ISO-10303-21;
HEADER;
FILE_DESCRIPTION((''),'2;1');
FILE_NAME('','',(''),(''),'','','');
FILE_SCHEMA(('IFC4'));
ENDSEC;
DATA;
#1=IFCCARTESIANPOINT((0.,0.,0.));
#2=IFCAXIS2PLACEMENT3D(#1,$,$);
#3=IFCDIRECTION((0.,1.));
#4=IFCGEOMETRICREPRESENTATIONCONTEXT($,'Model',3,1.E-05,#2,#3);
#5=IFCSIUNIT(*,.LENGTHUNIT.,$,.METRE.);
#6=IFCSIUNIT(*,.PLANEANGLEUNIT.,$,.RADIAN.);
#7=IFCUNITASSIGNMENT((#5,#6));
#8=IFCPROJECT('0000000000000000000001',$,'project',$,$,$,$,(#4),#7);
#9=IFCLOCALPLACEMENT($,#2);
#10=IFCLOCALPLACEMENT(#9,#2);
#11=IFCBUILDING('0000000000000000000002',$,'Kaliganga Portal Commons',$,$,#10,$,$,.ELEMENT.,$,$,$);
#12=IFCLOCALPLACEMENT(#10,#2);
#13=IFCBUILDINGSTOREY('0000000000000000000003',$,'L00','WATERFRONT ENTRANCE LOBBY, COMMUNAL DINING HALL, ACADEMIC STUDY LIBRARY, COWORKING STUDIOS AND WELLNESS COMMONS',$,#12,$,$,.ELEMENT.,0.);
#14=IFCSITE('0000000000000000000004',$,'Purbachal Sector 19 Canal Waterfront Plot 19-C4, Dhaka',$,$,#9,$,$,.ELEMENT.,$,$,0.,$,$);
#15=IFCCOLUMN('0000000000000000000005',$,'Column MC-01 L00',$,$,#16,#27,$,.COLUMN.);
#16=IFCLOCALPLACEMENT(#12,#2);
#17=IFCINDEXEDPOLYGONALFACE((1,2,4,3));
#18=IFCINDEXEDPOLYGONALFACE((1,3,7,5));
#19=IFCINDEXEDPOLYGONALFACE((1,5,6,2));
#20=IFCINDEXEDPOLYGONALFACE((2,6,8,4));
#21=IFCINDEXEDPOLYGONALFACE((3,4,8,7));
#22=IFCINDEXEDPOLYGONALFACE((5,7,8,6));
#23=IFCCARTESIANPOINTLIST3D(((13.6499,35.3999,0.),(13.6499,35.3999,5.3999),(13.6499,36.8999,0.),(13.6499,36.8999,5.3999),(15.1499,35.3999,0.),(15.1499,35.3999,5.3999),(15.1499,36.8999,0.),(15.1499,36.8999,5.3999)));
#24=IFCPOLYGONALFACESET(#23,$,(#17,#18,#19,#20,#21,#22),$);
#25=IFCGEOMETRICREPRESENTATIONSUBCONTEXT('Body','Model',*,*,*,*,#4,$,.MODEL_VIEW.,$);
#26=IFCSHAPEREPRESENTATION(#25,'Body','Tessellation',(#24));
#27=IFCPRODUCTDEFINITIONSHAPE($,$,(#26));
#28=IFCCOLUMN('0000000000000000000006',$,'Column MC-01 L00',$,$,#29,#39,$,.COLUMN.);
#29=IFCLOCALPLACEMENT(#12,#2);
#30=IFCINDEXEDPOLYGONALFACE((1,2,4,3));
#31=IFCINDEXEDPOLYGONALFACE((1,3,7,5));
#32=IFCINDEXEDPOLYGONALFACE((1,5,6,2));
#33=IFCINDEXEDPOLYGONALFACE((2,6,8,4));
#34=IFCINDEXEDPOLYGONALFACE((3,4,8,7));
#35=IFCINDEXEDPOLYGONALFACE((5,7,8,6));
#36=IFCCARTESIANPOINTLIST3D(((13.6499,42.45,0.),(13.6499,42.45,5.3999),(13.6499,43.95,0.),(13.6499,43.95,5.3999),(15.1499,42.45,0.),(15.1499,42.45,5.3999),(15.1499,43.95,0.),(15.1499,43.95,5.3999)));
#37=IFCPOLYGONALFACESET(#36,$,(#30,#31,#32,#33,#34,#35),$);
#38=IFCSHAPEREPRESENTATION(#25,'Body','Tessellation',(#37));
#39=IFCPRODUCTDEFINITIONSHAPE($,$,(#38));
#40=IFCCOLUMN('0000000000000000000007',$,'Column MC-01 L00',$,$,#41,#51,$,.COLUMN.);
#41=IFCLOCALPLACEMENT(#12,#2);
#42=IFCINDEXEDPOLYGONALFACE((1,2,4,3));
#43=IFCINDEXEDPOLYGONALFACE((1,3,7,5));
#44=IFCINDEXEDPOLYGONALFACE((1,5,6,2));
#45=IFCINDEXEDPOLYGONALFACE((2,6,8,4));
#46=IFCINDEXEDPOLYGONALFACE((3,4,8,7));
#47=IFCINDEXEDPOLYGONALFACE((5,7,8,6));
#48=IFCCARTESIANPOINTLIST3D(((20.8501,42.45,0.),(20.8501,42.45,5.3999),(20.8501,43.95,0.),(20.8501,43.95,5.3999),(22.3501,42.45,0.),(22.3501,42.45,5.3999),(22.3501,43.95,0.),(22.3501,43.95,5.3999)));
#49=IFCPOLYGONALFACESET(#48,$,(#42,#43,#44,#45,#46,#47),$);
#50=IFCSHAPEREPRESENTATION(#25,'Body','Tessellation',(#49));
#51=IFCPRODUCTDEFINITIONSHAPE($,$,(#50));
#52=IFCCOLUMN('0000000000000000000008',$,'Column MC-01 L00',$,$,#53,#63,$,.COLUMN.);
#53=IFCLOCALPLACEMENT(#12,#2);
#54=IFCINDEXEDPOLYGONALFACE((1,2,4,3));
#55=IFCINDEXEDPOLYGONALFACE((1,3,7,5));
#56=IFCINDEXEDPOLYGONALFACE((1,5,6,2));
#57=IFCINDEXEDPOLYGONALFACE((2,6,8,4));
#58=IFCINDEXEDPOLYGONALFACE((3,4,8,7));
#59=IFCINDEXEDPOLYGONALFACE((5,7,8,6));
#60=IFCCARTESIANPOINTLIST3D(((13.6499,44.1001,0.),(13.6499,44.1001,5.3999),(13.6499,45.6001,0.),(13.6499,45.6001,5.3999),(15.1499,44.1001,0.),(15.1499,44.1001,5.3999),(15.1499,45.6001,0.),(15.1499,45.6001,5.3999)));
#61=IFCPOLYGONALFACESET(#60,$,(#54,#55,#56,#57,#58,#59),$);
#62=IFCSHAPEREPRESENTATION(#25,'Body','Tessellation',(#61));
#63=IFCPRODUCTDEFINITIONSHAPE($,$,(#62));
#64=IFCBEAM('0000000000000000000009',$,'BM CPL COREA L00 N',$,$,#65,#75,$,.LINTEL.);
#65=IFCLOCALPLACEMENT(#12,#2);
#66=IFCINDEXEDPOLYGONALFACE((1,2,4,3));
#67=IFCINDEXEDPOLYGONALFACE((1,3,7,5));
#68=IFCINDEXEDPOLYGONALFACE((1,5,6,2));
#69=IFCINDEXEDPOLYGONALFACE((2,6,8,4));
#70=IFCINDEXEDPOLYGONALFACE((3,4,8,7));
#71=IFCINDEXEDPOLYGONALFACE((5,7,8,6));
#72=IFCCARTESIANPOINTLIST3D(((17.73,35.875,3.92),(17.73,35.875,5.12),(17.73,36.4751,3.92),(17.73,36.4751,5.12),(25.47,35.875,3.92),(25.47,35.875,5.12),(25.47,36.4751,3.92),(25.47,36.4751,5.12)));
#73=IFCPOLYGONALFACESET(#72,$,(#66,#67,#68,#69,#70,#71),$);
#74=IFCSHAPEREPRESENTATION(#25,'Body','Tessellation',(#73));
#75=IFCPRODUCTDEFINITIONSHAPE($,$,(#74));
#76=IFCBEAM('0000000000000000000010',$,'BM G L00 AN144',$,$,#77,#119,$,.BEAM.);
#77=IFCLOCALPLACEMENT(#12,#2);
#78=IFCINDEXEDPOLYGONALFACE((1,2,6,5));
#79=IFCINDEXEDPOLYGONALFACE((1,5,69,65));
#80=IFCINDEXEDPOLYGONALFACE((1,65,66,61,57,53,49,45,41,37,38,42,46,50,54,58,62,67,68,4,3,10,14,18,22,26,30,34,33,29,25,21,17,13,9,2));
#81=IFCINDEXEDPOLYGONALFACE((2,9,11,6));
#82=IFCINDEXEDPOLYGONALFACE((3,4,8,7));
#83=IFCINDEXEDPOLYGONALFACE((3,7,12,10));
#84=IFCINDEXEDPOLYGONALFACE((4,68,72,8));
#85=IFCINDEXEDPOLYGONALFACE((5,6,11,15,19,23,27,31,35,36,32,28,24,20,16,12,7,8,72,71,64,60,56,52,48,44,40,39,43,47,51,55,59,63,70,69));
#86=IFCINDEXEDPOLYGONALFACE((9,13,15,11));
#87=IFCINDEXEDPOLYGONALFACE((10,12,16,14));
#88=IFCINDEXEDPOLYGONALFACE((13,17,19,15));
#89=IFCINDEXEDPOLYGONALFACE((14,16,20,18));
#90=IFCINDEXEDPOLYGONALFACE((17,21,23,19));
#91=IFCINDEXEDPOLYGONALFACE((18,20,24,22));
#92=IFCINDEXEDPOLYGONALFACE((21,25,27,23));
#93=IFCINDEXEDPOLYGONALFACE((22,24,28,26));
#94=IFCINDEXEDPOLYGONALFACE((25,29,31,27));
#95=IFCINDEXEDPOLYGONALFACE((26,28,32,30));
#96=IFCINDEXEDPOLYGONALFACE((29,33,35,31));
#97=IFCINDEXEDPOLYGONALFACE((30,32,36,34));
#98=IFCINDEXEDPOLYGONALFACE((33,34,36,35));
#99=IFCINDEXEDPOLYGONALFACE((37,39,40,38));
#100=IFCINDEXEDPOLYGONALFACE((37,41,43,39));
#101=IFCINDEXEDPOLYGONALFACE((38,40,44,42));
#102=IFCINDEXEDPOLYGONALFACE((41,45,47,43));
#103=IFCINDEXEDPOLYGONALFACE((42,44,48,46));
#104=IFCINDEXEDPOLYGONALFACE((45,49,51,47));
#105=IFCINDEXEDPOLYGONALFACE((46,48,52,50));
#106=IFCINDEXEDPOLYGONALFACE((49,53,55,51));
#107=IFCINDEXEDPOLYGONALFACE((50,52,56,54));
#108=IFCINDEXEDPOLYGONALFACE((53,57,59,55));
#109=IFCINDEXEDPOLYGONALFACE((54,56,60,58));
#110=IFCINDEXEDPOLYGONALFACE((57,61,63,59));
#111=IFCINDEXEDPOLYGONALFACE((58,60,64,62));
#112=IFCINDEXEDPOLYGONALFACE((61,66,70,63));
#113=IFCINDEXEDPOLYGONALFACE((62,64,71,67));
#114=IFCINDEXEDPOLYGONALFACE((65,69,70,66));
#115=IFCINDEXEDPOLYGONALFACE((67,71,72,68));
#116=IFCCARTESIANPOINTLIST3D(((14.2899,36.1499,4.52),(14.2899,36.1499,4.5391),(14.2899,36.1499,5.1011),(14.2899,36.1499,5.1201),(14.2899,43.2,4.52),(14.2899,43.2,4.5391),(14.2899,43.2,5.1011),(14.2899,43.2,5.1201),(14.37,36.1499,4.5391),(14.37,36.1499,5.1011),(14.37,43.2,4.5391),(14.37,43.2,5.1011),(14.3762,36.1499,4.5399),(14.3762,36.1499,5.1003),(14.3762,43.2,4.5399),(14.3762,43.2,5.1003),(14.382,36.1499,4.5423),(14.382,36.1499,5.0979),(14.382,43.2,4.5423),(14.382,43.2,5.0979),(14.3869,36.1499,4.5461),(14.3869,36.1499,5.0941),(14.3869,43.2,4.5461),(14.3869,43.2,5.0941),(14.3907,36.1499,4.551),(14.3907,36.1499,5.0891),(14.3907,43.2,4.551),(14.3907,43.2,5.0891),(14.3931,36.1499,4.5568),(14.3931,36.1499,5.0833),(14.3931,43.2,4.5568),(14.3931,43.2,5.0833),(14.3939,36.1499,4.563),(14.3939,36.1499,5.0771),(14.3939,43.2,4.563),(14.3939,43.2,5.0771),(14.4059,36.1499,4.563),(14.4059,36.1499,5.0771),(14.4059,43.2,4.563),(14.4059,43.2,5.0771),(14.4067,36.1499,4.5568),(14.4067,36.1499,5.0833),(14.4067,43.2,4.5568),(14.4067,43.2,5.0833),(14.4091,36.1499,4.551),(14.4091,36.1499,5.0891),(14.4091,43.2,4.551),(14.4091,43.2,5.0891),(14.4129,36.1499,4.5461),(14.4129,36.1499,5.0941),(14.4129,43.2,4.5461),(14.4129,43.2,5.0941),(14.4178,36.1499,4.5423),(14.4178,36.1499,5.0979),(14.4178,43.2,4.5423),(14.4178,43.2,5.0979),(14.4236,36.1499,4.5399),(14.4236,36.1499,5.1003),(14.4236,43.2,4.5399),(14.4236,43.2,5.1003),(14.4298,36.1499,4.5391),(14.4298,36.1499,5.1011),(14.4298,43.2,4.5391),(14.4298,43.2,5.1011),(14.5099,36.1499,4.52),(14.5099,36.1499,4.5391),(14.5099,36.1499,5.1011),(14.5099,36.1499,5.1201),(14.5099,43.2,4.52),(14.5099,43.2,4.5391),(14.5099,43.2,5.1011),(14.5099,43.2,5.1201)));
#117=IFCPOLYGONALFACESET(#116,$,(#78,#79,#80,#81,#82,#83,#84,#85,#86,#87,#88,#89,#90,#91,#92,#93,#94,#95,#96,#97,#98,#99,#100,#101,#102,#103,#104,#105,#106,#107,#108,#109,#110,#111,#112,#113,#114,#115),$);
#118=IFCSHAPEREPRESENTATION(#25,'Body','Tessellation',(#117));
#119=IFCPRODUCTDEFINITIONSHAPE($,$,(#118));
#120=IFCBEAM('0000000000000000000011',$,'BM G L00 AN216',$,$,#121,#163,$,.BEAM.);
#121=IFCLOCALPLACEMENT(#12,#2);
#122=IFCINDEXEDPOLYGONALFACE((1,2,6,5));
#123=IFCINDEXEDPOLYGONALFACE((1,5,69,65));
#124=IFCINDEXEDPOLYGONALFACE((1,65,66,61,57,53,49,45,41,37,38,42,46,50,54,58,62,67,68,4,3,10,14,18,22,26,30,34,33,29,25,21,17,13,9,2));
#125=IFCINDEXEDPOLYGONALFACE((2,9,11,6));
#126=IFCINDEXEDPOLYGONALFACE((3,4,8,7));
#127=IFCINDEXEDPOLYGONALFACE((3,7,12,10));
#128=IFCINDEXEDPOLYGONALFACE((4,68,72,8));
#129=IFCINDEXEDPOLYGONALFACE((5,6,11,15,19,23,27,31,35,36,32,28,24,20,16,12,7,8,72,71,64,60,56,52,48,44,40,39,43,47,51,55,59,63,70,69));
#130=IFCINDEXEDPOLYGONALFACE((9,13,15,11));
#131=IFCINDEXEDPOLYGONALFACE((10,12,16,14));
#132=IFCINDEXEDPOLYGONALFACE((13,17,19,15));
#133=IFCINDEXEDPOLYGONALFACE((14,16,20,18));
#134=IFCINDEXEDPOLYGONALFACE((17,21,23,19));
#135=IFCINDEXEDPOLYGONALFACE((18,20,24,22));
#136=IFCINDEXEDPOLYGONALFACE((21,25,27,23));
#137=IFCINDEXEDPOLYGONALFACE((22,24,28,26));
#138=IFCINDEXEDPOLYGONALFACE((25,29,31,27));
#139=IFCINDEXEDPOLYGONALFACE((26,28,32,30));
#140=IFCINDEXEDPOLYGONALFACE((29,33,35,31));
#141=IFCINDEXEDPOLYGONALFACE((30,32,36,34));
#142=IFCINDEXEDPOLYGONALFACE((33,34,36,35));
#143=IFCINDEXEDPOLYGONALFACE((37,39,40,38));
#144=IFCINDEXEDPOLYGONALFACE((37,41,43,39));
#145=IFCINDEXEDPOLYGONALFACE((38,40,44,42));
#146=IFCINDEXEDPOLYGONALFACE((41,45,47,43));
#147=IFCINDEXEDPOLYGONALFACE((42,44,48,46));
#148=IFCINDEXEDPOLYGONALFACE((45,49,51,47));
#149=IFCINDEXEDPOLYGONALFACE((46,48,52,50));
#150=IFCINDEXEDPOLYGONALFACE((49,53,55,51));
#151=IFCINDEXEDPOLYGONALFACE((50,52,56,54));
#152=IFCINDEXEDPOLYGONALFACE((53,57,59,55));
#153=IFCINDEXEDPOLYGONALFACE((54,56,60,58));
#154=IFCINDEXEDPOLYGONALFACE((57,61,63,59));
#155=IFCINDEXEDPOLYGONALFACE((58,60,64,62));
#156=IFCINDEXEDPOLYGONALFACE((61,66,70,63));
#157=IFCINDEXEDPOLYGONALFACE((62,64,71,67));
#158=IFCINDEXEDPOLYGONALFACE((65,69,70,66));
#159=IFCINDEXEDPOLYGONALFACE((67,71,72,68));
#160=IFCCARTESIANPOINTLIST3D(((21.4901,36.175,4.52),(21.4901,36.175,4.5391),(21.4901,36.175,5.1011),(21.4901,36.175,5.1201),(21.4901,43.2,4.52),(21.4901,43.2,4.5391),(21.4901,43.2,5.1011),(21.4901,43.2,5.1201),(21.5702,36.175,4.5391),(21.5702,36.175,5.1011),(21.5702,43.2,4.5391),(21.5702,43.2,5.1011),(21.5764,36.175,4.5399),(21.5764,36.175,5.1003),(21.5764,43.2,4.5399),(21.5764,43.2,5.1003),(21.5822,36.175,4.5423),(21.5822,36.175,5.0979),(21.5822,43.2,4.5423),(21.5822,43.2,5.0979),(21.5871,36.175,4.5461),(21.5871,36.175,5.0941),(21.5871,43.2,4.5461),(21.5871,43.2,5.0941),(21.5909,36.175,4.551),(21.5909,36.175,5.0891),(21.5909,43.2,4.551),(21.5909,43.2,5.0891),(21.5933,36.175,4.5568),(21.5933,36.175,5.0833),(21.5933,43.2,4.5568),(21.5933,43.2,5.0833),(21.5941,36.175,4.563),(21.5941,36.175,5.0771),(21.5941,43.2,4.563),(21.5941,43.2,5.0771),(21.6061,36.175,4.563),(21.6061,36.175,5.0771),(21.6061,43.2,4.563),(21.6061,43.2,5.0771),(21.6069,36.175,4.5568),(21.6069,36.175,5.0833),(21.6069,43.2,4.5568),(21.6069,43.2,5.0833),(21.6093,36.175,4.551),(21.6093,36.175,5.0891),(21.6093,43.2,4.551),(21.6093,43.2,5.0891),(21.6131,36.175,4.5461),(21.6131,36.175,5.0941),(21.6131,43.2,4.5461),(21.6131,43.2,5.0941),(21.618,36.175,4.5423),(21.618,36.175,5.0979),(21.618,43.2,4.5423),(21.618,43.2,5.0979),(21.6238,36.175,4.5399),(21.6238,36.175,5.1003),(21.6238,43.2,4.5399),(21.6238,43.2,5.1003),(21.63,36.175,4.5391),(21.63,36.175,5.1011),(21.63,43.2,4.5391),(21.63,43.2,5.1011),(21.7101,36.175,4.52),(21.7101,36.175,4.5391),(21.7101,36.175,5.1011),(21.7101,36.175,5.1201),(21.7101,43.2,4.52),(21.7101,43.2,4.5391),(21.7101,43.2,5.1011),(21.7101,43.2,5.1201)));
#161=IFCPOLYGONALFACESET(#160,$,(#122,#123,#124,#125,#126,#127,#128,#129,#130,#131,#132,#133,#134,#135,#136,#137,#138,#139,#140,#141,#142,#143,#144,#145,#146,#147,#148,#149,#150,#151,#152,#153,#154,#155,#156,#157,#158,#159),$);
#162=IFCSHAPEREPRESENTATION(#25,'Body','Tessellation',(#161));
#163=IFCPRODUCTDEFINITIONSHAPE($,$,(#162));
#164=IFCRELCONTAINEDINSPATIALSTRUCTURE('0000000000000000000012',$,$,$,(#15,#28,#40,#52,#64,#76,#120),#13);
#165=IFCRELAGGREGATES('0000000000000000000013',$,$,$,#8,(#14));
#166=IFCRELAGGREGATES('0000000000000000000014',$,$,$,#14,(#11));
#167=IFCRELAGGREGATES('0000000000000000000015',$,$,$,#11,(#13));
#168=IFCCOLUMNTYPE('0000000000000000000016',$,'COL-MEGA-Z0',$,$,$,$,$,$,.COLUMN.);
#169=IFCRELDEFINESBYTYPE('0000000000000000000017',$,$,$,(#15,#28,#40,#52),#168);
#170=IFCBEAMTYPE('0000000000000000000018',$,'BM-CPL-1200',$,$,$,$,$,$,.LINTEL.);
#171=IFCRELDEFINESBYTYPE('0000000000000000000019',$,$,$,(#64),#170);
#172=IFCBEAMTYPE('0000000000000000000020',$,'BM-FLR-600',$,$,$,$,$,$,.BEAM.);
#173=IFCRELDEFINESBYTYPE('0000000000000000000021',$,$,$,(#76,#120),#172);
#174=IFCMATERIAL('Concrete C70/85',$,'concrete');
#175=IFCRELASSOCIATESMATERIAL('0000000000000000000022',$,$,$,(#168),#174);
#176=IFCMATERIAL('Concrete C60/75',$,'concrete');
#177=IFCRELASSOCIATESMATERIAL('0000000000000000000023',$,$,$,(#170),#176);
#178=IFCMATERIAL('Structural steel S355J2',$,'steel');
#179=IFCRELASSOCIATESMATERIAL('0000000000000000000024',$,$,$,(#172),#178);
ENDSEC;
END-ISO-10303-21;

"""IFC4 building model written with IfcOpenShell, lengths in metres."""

from ifc_helpers import new_model, si_unit, direction, frame, origin, origin_2d, place, context, subcontext, project, spatial, rectangle, i_section, extrude, source, transform, mapped, material, material_profile, profile_set, type_object, element, save


model = new_model("IFC4")

# Units and contexts
model_context = context("Model", 3, precision=1e-05, world=origin(), true_north=direction((0.0, 1.0)))
body_context = subcontext(model_context, "Body", "Model", "MODEL_VIEW")
ifc_project = project(units=[si_unit("LENGTHUNIT", "METRE"), si_unit("PLANEANGLEUNIT", "RADIAN")], contexts=[model_context])

# Site, building, storey
site_placement = place(None, origin())
site = spatial("IfcSite", under=ifc_project, at=site_placement, Name="Purbachal Sector 19 Canal Waterfront Plot 19-C4, Dhaka", CompositionType="ELEMENT", RefElevation=0.0)
building_placement = place(site_placement, origin())
building = spatial("IfcBuilding", under=site, at=building_placement, Name="Kaliganga Portal Commons", CompositionType="ELEMENT")
storey_placement = place(building_placement, origin())
storey = spatial("IfcBuildingStorey", under=building, at=storey_placement, Name="L00", Description="WATERFRONT ENTRANCE LOBBY, COMMUNAL DINING HALL, ACADEMIC STUDY LIBRARY, COWORKING STUDIOS AND WELLNESS COMMONS", CompositionType="ELEMENT", Elevation=0.0)

# Columns
ifc_material_1 = material(Name="Concrete C70/85", Category="concrete")
ifc_material_profile_1 = material_profile(ifc_material_1, rectangle(XDim=1.5, YDim=1.5, at=origin_2d()), Name="RC 1500x1500")
ifc_profile_set_1 = profile_set([ifc_material_profile_1], Name="Concrete C70/85")
column_type = type_object("IfcColumnType", Name="COL-MEGA-Z0", PredefinedType="COLUMN", material=ifc_profile_set_1)
shared_shape_1 = source(origin(), body_context, "Body", "SweptSolid", [
    extrude(rectangle(XDim=1.5, YDim=1.5, at=origin_2d()), origin(), (0.0, 0.0, 1.0), 5.3999),
])
for number, where, z_axis, x_axis, name in (
    (1, (14.3999, 36.1499, 0.0), (0.0, 0.0, 1.0), (1.0, 0.0, 0.0), "Column MC-01 L00"),
    (2, (14.3999, 43.2, 0.0), (0.0, 0.0, 1.0), (1.0, 0.0, 0.0), "Column MC-01 L00"),
    (3, (21.6001, 43.2, 0.0), (0.0, 0.0, 1.0), (1.0, 0.0, 0.0), "Column MC-01 L00"),
    (4, (14.3999, 44.8501, 0.0), (0.0, 0.0, 1.0), (1.0, 0.0, 0.0), "Column MC-01 L00"),
):
    element("IfcColumn", number, at=place(storey_placement, frame(where, z_axis=z_axis, x_axis=x_axis)), inside=storey, type_object=column_type, Name=name, PredefinedType="COLUMN", context=body_context, shape_type="MappedRepresentation", body=[
        mapped(shared_shape_1, transform((0.0, 0.0, 0.0), x_axis=(1.0, 0.0, 0.0), y_axis=(0.0, 1.0, 0.0), z_axis=(0.0, 0.0, 1.0), scale=1.0)),
    ])

# Beams
ifc_material_2 = material(Name="Concrete C60/75", Category="concrete")
ifc_material_profile_2 = material_profile(ifc_material_2, rectangle(XDim=0.6001, YDim=1.2, at=origin_2d()), Name="RC 600x1200")
ifc_profile_set_2 = profile_set([ifc_material_profile_2], Name="Concrete C60/75")
beam_type_1 = type_object("IfcBeamType", Name="BM-CPL-1200", PredefinedType="LINTEL", material=ifc_profile_set_2)
shared_shape_2 = source(origin(), body_context, "Body", "SweptSolid", [
    extrude(rectangle(XDim=0.6001, YDim=1.2, at=origin_2d()), origin(), (0.0, 0.0, 1.0), 7.74),
])
beam_1_placement = place(storey_placement, frame((17.73, 36.175, 4.52), z_axis=(1.0, 0.0, 0.0), x_axis=(0.0, 1.0, 0.0)))
element("IfcBeam", 5, at=beam_1_placement, inside=storey, type_object=beam_type_1, Name="BM CPL COREA L00 N", PredefinedType="LINTEL", context=body_context, shape_type="MappedRepresentation", body=[
    mapped(shared_shape_2, transform((0.0, 0.0, 0.0), x_axis=(1.0, 0.0, 0.0), y_axis=(0.0, 1.0, 0.0), z_axis=(0.0, 0.0, 1.0), scale=1.0)),
])
ifc_material_3 = material(Name="Structural steel S355J2", Category="steel")
ifc_material_profile_3 = material_profile(ifc_material_3, i_section(OverallWidth=0.22, OverallDepth=0.6001, WebThickness=0.012, FlangeThickness=0.019, FilletRadius=0.0239, at=origin_2d()), Name="IPE 600")
ifc_profile_set_3 = profile_set([ifc_material_profile_3], Name="Structural steel S355J2 wide-flange")
beam_type_2 = type_object("IfcBeamType", Name="BM-FLR-600", PredefinedType="BEAM", material=ifc_profile_set_3)
shared_shape_3 = source(origin(), body_context, "Body", "SweptSolid", [
    extrude(i_section(OverallWidth=0.22, OverallDepth=0.6001, WebThickness=0.012, FlangeThickness=0.019, FilletRadius=0.0239, at=origin_2d()), origin(), (0.0, 0.0, 1.0), 7.05),
])
beam_2_placement = place(storey_placement, frame((14.3999, 36.1499, 4.8201), z_axis=(0.0, 1.0, 0.0), x_axis=(-1.0, 0.0, 0.0)))
element("IfcBeam", 6, at=beam_2_placement, inside=storey, type_object=beam_type_2, Name="BM G L00 AN144", PredefinedType="BEAM", context=body_context, shape_type="MappedRepresentation", body=[
    mapped(shared_shape_3, transform((0.0, 0.0, 0.0), x_axis=(1.0, 0.0, 0.0), y_axis=(0.0, 1.0, 0.0), z_axis=(0.0, 0.0, 1.0), scale=1.0)),
])
shared_shape_4 = source(origin(), body_context, "Body", "SweptSolid", [
    extrude(i_section(OverallWidth=0.22, OverallDepth=0.6001, WebThickness=0.012, FlangeThickness=0.019, FilletRadius=0.0239, at=origin_2d()), origin(), (0.0, 0.0, 1.0), 7.0249),
])
beam_3_placement = place(storey_placement, frame((21.6001, 36.175, 4.8201), z_axis=(0.0, 1.0, 0.0), x_axis=(-1.0, 0.0, 0.0)))
element("IfcBeam", 7, at=beam_3_placement, inside=storey, type_object=beam_type_2, Name="BM G L00 AN216", PredefinedType="BEAM", context=body_context, shape_type="MappedRepresentation", body=[
    mapped(shared_shape_4, transform((0.0, 0.0, 0.0), x_axis=(1.0, 0.0, 0.0), y_axis=(0.0, 1.0, 0.0), z_axis=(0.0, 0.0, 1.0), scale=1.0)),
])

save(model, "model.ifc")
